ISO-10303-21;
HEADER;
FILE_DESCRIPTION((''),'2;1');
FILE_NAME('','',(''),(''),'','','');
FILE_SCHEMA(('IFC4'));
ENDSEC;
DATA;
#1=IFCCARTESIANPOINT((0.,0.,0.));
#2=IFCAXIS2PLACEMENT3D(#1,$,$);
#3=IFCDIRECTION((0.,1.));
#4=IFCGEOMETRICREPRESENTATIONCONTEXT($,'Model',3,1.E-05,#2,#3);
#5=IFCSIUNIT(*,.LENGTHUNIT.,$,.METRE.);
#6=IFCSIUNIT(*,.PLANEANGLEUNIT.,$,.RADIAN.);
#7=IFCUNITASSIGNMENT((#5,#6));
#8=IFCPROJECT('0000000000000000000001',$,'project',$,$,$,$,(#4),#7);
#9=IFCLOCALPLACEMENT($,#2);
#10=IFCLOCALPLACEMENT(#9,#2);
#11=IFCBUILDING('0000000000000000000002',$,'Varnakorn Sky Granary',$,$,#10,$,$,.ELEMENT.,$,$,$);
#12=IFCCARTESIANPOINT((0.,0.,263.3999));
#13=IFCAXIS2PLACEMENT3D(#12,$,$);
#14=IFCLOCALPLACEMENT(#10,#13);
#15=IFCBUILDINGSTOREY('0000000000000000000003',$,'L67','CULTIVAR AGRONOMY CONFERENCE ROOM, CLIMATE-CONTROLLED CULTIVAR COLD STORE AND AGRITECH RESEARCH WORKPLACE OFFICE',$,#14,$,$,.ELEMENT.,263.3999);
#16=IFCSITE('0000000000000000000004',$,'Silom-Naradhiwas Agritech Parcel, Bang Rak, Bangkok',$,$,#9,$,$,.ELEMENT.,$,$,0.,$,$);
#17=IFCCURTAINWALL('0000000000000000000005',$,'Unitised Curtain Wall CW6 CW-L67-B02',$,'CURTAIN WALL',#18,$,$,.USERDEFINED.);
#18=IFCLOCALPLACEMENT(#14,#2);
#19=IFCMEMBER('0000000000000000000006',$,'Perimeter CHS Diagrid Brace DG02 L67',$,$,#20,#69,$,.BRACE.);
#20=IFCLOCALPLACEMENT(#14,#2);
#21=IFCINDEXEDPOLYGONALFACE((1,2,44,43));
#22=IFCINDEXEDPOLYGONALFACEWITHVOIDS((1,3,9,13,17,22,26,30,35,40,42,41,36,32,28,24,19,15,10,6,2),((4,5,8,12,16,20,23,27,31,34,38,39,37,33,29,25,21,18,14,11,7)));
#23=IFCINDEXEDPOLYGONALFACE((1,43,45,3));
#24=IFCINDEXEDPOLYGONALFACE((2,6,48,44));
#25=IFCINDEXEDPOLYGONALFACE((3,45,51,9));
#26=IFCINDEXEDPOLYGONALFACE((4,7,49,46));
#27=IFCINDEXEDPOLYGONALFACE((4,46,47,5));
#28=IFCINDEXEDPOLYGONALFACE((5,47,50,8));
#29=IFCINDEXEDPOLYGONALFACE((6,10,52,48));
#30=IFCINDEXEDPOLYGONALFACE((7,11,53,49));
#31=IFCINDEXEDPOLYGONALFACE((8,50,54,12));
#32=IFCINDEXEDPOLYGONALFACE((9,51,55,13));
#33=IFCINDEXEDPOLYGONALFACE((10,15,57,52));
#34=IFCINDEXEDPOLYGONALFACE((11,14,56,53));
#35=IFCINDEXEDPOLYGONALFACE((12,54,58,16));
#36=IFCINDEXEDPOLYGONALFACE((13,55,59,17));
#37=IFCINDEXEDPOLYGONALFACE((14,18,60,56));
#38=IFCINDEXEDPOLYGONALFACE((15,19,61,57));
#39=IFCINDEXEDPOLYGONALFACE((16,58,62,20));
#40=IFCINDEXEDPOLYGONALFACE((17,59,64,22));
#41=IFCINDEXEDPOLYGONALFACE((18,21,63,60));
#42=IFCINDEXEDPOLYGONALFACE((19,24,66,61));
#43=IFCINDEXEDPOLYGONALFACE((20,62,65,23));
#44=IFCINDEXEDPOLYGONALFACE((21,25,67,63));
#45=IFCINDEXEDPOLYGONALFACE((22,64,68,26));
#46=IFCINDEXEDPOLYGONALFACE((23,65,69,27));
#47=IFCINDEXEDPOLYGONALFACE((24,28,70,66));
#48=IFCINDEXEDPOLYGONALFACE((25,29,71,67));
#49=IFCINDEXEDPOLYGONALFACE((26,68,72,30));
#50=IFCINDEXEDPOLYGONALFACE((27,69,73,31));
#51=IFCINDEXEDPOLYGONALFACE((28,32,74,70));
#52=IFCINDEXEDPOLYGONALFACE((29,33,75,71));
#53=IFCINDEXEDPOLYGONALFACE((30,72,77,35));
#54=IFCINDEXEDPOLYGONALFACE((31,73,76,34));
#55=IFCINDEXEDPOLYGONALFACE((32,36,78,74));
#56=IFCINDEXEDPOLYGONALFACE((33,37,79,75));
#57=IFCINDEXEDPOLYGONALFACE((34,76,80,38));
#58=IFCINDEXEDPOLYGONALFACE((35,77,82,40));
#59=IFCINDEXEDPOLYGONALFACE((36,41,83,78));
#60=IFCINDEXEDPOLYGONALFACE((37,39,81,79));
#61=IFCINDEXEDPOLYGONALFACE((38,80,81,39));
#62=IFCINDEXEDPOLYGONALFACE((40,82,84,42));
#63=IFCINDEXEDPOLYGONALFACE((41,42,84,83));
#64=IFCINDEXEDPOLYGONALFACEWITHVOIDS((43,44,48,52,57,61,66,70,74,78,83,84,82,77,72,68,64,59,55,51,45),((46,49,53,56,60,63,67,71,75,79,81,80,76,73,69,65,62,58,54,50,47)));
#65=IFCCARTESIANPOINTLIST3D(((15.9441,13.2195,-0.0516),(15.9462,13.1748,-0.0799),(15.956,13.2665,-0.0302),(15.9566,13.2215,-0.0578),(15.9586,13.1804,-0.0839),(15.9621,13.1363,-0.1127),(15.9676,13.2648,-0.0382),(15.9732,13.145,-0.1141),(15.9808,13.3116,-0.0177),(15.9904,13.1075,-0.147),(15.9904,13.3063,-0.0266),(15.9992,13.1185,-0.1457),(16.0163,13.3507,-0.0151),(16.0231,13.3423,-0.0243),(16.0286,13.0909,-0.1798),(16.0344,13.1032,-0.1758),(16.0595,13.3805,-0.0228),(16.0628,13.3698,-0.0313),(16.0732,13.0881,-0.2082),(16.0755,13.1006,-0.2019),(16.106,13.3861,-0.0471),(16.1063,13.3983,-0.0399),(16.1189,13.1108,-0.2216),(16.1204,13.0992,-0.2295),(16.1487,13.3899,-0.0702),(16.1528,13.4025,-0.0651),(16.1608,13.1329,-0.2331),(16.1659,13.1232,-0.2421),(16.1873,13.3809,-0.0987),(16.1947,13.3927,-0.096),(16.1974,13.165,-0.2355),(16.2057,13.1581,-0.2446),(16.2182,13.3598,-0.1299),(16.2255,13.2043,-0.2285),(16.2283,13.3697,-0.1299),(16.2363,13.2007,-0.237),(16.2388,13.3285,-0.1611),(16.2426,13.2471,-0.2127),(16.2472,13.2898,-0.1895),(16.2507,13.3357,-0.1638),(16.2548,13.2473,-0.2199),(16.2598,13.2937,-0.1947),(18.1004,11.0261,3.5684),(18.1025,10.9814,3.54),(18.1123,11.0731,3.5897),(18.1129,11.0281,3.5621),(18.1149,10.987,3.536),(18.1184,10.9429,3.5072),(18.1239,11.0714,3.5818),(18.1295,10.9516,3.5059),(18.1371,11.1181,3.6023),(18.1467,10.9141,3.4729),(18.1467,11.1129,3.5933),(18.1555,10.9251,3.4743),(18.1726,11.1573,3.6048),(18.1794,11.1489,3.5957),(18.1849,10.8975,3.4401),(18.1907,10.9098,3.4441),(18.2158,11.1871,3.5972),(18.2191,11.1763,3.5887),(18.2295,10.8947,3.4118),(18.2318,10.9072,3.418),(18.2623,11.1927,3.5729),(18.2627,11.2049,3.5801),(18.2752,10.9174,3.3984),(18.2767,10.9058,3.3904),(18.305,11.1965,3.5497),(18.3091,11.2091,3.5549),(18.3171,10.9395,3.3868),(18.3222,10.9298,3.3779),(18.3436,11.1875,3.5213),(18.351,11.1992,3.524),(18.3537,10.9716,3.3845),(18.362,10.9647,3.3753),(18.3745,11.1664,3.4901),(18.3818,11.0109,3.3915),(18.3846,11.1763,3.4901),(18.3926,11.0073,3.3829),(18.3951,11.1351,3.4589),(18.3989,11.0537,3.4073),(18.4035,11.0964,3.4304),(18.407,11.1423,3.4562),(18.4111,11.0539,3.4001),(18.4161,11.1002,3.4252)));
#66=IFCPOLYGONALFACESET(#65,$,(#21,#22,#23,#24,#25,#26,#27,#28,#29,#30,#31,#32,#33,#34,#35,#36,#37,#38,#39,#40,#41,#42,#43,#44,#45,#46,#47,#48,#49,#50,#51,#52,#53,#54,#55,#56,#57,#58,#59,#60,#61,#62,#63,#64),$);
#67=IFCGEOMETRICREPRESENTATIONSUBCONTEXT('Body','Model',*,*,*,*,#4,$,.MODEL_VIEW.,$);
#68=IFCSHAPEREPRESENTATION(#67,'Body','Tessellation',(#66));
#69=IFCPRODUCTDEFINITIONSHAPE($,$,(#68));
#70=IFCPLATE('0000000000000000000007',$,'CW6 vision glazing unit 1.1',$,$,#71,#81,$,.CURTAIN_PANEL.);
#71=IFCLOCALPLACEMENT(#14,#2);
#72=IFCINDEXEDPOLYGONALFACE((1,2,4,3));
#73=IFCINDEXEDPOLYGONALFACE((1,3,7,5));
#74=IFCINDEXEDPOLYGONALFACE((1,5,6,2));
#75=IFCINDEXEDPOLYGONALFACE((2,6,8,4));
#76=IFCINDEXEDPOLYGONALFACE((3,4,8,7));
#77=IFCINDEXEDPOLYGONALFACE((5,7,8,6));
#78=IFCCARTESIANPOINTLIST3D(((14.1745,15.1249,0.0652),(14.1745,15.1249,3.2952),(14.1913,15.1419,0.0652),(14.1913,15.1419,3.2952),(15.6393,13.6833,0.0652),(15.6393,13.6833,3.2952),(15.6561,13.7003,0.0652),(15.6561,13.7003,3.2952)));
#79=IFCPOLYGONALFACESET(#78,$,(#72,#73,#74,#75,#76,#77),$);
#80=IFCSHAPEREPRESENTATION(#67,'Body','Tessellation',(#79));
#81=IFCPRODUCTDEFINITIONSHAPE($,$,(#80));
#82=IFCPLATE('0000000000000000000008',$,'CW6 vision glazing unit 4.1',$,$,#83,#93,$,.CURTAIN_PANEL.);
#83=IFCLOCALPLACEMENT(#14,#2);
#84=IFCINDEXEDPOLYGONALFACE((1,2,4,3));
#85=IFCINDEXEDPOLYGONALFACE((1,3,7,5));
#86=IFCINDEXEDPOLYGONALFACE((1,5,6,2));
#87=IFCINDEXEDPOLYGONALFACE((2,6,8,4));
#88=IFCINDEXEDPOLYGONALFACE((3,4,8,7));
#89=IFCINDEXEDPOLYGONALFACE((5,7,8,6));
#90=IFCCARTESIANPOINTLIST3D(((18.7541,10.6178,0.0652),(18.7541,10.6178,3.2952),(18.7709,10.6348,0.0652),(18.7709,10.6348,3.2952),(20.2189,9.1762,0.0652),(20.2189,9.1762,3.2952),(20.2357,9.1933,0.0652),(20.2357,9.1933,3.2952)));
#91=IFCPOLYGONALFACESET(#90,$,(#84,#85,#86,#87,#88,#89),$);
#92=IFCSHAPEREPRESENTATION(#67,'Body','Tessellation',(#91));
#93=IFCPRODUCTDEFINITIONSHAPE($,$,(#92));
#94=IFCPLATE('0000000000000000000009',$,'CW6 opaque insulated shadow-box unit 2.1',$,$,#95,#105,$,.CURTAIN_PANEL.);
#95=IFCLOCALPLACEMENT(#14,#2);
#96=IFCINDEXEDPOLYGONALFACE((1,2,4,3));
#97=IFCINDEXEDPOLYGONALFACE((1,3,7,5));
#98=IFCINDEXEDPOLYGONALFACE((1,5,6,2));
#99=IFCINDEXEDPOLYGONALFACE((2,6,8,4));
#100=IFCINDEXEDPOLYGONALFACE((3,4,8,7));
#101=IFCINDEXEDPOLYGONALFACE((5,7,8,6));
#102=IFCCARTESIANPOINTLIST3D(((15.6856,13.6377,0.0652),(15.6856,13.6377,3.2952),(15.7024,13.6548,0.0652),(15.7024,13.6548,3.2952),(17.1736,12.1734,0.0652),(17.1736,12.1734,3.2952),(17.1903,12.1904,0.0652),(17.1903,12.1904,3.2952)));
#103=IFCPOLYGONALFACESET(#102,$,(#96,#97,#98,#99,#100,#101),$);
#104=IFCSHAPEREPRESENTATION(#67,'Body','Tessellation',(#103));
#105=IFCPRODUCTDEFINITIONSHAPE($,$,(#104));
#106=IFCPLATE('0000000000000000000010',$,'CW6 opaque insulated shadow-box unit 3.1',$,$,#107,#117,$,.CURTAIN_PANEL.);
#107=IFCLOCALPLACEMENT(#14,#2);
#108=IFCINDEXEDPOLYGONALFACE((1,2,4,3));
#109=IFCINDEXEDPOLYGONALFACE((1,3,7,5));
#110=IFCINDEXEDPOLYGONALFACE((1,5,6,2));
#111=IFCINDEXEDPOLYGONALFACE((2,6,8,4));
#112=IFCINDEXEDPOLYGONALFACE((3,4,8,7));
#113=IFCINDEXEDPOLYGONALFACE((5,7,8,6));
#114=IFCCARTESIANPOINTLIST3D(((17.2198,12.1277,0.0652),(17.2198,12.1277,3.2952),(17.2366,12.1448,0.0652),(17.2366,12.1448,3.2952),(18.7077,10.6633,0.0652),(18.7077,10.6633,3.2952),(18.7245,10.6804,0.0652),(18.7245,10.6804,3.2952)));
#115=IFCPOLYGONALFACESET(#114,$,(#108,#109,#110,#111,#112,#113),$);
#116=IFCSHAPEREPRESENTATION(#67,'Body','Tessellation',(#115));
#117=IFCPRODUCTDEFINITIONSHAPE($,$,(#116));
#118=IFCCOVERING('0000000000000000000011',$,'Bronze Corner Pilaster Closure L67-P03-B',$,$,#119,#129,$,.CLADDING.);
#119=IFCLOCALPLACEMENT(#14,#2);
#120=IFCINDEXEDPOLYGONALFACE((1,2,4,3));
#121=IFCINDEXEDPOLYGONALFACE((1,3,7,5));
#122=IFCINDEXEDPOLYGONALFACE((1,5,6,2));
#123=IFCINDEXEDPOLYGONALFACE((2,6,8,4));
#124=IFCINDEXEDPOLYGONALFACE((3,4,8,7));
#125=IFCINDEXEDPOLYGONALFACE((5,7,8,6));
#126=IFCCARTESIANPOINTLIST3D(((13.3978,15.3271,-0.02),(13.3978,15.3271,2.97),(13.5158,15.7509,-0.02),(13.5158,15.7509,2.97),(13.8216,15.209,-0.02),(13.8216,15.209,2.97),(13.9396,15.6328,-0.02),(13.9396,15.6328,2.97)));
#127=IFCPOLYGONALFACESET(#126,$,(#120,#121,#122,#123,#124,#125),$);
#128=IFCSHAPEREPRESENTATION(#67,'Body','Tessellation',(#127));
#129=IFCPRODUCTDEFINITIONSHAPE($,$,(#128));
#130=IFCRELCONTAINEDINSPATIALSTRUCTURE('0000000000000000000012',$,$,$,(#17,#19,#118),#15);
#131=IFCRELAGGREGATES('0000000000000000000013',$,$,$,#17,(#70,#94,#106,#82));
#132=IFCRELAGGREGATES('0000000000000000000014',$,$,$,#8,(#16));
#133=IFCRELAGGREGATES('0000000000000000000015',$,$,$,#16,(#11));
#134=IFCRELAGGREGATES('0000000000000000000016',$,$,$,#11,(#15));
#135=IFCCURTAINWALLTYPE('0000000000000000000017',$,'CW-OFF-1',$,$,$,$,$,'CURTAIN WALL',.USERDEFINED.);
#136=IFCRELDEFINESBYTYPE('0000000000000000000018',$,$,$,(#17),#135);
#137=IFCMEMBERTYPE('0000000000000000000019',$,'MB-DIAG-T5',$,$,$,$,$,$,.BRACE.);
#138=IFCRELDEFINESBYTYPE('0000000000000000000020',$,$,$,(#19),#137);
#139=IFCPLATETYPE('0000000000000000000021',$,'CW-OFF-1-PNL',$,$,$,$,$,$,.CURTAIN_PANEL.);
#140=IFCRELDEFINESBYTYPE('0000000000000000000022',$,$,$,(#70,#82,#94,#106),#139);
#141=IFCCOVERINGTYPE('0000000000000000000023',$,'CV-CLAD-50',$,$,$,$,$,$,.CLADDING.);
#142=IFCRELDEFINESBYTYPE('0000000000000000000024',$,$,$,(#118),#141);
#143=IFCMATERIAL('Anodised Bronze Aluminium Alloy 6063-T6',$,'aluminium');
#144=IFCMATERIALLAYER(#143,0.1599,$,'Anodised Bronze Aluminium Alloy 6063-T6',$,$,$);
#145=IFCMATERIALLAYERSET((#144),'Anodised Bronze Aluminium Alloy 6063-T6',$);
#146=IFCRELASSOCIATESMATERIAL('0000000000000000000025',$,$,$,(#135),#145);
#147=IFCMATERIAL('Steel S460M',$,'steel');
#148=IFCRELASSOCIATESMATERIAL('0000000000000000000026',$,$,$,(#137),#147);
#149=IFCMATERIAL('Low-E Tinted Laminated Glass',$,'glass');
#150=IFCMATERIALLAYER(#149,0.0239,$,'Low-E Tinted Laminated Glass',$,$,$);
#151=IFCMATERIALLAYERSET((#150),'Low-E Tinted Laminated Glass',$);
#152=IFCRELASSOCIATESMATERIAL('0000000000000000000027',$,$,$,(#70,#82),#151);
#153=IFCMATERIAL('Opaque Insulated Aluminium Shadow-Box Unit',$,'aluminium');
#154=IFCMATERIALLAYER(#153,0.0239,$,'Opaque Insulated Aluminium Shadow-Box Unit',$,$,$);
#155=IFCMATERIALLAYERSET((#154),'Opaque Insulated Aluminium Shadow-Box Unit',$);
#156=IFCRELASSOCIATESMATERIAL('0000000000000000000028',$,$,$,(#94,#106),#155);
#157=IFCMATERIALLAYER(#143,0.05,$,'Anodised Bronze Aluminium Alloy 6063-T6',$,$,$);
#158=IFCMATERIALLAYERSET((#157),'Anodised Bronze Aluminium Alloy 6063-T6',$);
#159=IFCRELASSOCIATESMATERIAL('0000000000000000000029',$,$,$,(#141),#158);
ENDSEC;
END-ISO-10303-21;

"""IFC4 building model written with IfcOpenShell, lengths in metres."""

from ifc_helpers import new_model, si_unit, direction, frame, origin, origin_2d, place, context, subcontext, project, spatial, rectangle, hollow_circle, extrude, source, transform, mapped, material, layer, layer_set, material_profile, profile_set, type_object, type_shapes, element, aggregate, save


model = new_model("IFC4")

# Units and contexts
model_context = context("Model", 3, precision=1e-05, world=origin(), true_north=direction((0.0, 1.0)))
body_context = subcontext(model_context, "Body", "Model", "MODEL_VIEW")
ifc_project = project(units=[si_unit("LENGTHUNIT", "METRE"), si_unit("PLANEANGLEUNIT", "RADIAN")], contexts=[model_context])

# Site, building, storey
site_placement = place(None, origin())
site = spatial("IfcSite", under=ifc_project, at=site_placement, Name="Silom-Naradhiwas Agritech Parcel, Bang Rak, Bangkok", CompositionType="ELEMENT", RefElevation=0.0)
building_placement = place(site_placement, origin())
building = spatial("IfcBuilding", under=site, at=building_placement, Name="Varnakorn Sky Granary", CompositionType="ELEMENT")
storey_placement = place(building_placement, frame((0.0, 0.0, 263.3999)))
storey = spatial("IfcBuildingStorey", under=building, at=storey_placement, Name="L67", Description="CULTIVAR AGRONOMY CONFERENCE ROOM, CLIMATE-CONTROLLED CULTIVAR COLD STORE AND AGRITECH RESEARCH WORKPLACE OFFICE", CompositionType="ELEMENT", Elevation=263.3999)

# Shared definitions
ifc_material_1 = material(Name="Steel S460M", Category="steel")

# Curtain wall
ifc_material_2 = material(Name="Anodised Bronze Aluminium Alloy 6063-T6", Category="aluminium")
ifc_layer_1 = layer(ifc_material_2, 0.1599, Name="Anodised Bronze Aluminium Alloy 6063-T6")
ifc_layer_set_1 = layer_set([ifc_layer_1], Name="Anodised Bronze Aluminium Alloy 6063-T6")
curtain_wall_type = type_object("IfcCurtainWallType", Name="CW-OFF-1", ElementType="CURTAIN WALL", PredefinedType="USERDEFINED", material=ifc_layer_set_1)
curtain_wall_placement = place(storey_placement, origin())
curtain_wall = element("IfcCurtainWall", 1, at=curtain_wall_placement, inside=storey, type_object=curtain_wall_type, Name="Unitised Curtain Wall CW6 CW-L67-B02", ObjectType="CURTAIN WALL", PredefinedType="USERDEFINED")

# Member
ifc_material_profile_1 = material_profile(ifc_material_1, hollow_circle(Radius=0.1777, WallThickness=0.0142, at=origin_2d()), Name="CHS 355.6x14")
ifc_profile_set_1 = profile_set([ifc_material_profile_1], Name="Steel S460M")
member_type_1 = type_object("IfcMemberType", Name="MB-DIAG-T5", PredefinedType="BRACE", material=ifc_profile_set_1)
member_1_placement = place(storey_placement, frame((16.1016, 13.2451, -0.1299), z_axis=(0.453935, -0.461747, 0.762058), x_axis=(0.713114, 0.701048, 0.0)))
element("IfcMember", 2, at=member_1_placement, inside=storey, type_object=member_type_1, Name="Perimeter CHS Diagrid Brace DG02 L67", PredefinedType="BRACE", context=body_context, shape_type="SweptSolid", body=[
    extrude(hollow_circle(Radius=0.1777, WallThickness=0.0142, at=origin_2d()), origin(), (0.0, 0.0, 1.0), 4.7502),
])

# Plates
ifc_material_3 = material(Name="Low-E Tinted Laminated Glass", Category="glass")
ifc_layer_2 = layer(ifc_material_3, 0.0239, Name="Low-E Tinted Laminated Glass")
ifc_layer_set_2 = layer_set([ifc_layer_2], Name="Low-E Tinted Laminated Glass")
plate_type = type_object("IfcPlateType", Name="CW-OFF-1-PNL", PredefinedType="CURTAIN_PANEL")
shared_shape_1 = source(origin(), body_context, "Body", "SweptSolid", [
    extrude(rectangle(XDim=2.0552, YDim=0.0239, at=origin_2d()), origin(), (0.0, 0.0, 1.0), 3.23),
])
plate_1_placement = place(storey_placement, frame((14.9153, 14.4126, 0.0652), z_axis=(0.0, 0.0, 1.0), x_axis=(0.712728, -0.70144, 0.0)))
plate_1 = element("IfcPlate", 3, at=plate_1_placement, type_object=plate_type, material=ifc_layer_set_2, Name="CW6 vision glazing unit 1.1", PredefinedType="CURTAIN_PANEL", context=body_context, shape_type="MappedRepresentation", body=[
    mapped(shared_shape_1, transform((0.0, 0.0, 0.0), x_axis=(1.0, 0.0, 0.0), y_axis=(0.0, 1.0, 0.0), z_axis=(0.0, 0.0, 1.0), scale=1.0)),
])
plate_2_placement = place(storey_placement, frame((19.4949, 9.9055, 0.0652), z_axis=(0.0, 0.0, 1.0), x_axis=(0.712728, -0.70144, 0.0)))
plate_2 = element("IfcPlate", 4, at=plate_2_placement, type_object=plate_type, material=ifc_layer_set_2, Name="CW6 vision glazing unit 4.1", PredefinedType="CURTAIN_PANEL", context=body_context, shape_type="MappedRepresentation", body=[
    mapped(shared_shape_1, transform((0.0, 0.0, 0.0), x_axis=(1.0, 0.0, 0.0), y_axis=(0.0, 1.0, 0.0), z_axis=(0.0, 0.0, 1.0), scale=1.0)),
])
ifc_material_4 = material(Name="Opaque Insulated Aluminium Shadow-Box Unit", Category="aluminium")
ifc_layer_3 = layer(ifc_material_4, 0.0239, Name="Opaque Insulated Aluminium Shadow-Box Unit")
ifc_layer_set_3 = layer_set([ifc_layer_3], Name="Opaque Insulated Aluminium Shadow-Box Unit")
shared_shape_2 = source(origin(), body_context, "Body", "SweptSolid", [
    extrude(rectangle(XDim=2.0876, YDim=0.0239, at=origin_2d()), origin(), (0.0, 0.0, 1.0), 3.23),
])
type_shapes(plate_type, [shared_shape_1, shared_shape_2])
plate_3_placement = place(storey_placement, frame((16.438, 12.9141, 0.0652), z_axis=(0.0, 0.0, 1.0), x_axis=(0.712728, -0.70144, 0.0)))
plate_3 = element("IfcPlate", 5, at=plate_3_placement, type_object=plate_type, material=ifc_layer_set_3, Name="CW6 opaque insulated shadow-box unit 2.1", PredefinedType="CURTAIN_PANEL", context=body_context, shape_type="MappedRepresentation", body=[
    mapped(shared_shape_2, transform((0.0, 0.0, 0.0), x_axis=(1.0, 0.0, 0.0), y_axis=(0.0, 1.0, 0.0), z_axis=(0.0, 0.0, 1.0), scale=1.0)),
])
plate_4_placement = place(storey_placement, frame((17.9722, 11.4041, 0.0652), z_axis=(0.0, 0.0, 1.0), x_axis=(0.712728, -0.70144, 0.0)))
plate_4 = element("IfcPlate", 6, at=plate_4_placement, type_object=plate_type, material=ifc_layer_set_3, Name="CW6 opaque insulated shadow-box unit 3.1", PredefinedType="CURTAIN_PANEL", context=body_context, shape_type="MappedRepresentation", body=[
    mapped(shared_shape_2, transform((0.0, 0.0, 0.0), x_axis=(1.0, 0.0, 0.0), y_axis=(0.0, 1.0, 0.0), z_axis=(0.0, 0.0, 1.0), scale=1.0)),
])
aggregate(curtain_wall, [plate_1, plate_3, plate_4, plate_2])

# Covering
ifc_layer_4 = layer(ifc_material_2, 0.05, Name="Anodised Bronze Aluminium Alloy 6063-T6")
ifc_layer_set_4 = layer_set([ifc_layer_4], Name="Anodised Bronze Aluminium Alloy 6063-T6")
covering_type = type_object("IfcCoveringType", Name="CV-CLAD-50", PredefinedType="CLADDING", material=ifc_layer_set_4)
shared_shape_3 = source(origin(), body_context, "Body", "SweptSolid", [
    extrude(rectangle(XDim=0.4399, YDim=0.4399, at=origin_2d()), origin(), (0.0, 0.0, 1.0), 2.99),
])
type_shapes(covering_type, [shared_shape_3])
covering_placement = place(storey_placement, frame((13.6687, 15.48, -0.02), z_axis=(0.0, 0.0, 1.0), x_axis=(0.963303, -0.268415, 0.0)))
element("IfcCovering", 7, at=covering_placement, inside=storey, type_object=covering_type, Name="Bronze Corner Pilaster Closure L67-P03-B", PredefinedType="CLADDING", context=body_context, shape_type="MappedRepresentation", body=[
    mapped(shared_shape_3, transform((0.0, 0.0, 0.0), x_axis=(1.0, 0.0, 0.0), y_axis=(0.0, 1.0, 0.0), z_axis=(0.0, 0.0, 1.0), scale=1.0)),
])

save(model, "model.ifc")
